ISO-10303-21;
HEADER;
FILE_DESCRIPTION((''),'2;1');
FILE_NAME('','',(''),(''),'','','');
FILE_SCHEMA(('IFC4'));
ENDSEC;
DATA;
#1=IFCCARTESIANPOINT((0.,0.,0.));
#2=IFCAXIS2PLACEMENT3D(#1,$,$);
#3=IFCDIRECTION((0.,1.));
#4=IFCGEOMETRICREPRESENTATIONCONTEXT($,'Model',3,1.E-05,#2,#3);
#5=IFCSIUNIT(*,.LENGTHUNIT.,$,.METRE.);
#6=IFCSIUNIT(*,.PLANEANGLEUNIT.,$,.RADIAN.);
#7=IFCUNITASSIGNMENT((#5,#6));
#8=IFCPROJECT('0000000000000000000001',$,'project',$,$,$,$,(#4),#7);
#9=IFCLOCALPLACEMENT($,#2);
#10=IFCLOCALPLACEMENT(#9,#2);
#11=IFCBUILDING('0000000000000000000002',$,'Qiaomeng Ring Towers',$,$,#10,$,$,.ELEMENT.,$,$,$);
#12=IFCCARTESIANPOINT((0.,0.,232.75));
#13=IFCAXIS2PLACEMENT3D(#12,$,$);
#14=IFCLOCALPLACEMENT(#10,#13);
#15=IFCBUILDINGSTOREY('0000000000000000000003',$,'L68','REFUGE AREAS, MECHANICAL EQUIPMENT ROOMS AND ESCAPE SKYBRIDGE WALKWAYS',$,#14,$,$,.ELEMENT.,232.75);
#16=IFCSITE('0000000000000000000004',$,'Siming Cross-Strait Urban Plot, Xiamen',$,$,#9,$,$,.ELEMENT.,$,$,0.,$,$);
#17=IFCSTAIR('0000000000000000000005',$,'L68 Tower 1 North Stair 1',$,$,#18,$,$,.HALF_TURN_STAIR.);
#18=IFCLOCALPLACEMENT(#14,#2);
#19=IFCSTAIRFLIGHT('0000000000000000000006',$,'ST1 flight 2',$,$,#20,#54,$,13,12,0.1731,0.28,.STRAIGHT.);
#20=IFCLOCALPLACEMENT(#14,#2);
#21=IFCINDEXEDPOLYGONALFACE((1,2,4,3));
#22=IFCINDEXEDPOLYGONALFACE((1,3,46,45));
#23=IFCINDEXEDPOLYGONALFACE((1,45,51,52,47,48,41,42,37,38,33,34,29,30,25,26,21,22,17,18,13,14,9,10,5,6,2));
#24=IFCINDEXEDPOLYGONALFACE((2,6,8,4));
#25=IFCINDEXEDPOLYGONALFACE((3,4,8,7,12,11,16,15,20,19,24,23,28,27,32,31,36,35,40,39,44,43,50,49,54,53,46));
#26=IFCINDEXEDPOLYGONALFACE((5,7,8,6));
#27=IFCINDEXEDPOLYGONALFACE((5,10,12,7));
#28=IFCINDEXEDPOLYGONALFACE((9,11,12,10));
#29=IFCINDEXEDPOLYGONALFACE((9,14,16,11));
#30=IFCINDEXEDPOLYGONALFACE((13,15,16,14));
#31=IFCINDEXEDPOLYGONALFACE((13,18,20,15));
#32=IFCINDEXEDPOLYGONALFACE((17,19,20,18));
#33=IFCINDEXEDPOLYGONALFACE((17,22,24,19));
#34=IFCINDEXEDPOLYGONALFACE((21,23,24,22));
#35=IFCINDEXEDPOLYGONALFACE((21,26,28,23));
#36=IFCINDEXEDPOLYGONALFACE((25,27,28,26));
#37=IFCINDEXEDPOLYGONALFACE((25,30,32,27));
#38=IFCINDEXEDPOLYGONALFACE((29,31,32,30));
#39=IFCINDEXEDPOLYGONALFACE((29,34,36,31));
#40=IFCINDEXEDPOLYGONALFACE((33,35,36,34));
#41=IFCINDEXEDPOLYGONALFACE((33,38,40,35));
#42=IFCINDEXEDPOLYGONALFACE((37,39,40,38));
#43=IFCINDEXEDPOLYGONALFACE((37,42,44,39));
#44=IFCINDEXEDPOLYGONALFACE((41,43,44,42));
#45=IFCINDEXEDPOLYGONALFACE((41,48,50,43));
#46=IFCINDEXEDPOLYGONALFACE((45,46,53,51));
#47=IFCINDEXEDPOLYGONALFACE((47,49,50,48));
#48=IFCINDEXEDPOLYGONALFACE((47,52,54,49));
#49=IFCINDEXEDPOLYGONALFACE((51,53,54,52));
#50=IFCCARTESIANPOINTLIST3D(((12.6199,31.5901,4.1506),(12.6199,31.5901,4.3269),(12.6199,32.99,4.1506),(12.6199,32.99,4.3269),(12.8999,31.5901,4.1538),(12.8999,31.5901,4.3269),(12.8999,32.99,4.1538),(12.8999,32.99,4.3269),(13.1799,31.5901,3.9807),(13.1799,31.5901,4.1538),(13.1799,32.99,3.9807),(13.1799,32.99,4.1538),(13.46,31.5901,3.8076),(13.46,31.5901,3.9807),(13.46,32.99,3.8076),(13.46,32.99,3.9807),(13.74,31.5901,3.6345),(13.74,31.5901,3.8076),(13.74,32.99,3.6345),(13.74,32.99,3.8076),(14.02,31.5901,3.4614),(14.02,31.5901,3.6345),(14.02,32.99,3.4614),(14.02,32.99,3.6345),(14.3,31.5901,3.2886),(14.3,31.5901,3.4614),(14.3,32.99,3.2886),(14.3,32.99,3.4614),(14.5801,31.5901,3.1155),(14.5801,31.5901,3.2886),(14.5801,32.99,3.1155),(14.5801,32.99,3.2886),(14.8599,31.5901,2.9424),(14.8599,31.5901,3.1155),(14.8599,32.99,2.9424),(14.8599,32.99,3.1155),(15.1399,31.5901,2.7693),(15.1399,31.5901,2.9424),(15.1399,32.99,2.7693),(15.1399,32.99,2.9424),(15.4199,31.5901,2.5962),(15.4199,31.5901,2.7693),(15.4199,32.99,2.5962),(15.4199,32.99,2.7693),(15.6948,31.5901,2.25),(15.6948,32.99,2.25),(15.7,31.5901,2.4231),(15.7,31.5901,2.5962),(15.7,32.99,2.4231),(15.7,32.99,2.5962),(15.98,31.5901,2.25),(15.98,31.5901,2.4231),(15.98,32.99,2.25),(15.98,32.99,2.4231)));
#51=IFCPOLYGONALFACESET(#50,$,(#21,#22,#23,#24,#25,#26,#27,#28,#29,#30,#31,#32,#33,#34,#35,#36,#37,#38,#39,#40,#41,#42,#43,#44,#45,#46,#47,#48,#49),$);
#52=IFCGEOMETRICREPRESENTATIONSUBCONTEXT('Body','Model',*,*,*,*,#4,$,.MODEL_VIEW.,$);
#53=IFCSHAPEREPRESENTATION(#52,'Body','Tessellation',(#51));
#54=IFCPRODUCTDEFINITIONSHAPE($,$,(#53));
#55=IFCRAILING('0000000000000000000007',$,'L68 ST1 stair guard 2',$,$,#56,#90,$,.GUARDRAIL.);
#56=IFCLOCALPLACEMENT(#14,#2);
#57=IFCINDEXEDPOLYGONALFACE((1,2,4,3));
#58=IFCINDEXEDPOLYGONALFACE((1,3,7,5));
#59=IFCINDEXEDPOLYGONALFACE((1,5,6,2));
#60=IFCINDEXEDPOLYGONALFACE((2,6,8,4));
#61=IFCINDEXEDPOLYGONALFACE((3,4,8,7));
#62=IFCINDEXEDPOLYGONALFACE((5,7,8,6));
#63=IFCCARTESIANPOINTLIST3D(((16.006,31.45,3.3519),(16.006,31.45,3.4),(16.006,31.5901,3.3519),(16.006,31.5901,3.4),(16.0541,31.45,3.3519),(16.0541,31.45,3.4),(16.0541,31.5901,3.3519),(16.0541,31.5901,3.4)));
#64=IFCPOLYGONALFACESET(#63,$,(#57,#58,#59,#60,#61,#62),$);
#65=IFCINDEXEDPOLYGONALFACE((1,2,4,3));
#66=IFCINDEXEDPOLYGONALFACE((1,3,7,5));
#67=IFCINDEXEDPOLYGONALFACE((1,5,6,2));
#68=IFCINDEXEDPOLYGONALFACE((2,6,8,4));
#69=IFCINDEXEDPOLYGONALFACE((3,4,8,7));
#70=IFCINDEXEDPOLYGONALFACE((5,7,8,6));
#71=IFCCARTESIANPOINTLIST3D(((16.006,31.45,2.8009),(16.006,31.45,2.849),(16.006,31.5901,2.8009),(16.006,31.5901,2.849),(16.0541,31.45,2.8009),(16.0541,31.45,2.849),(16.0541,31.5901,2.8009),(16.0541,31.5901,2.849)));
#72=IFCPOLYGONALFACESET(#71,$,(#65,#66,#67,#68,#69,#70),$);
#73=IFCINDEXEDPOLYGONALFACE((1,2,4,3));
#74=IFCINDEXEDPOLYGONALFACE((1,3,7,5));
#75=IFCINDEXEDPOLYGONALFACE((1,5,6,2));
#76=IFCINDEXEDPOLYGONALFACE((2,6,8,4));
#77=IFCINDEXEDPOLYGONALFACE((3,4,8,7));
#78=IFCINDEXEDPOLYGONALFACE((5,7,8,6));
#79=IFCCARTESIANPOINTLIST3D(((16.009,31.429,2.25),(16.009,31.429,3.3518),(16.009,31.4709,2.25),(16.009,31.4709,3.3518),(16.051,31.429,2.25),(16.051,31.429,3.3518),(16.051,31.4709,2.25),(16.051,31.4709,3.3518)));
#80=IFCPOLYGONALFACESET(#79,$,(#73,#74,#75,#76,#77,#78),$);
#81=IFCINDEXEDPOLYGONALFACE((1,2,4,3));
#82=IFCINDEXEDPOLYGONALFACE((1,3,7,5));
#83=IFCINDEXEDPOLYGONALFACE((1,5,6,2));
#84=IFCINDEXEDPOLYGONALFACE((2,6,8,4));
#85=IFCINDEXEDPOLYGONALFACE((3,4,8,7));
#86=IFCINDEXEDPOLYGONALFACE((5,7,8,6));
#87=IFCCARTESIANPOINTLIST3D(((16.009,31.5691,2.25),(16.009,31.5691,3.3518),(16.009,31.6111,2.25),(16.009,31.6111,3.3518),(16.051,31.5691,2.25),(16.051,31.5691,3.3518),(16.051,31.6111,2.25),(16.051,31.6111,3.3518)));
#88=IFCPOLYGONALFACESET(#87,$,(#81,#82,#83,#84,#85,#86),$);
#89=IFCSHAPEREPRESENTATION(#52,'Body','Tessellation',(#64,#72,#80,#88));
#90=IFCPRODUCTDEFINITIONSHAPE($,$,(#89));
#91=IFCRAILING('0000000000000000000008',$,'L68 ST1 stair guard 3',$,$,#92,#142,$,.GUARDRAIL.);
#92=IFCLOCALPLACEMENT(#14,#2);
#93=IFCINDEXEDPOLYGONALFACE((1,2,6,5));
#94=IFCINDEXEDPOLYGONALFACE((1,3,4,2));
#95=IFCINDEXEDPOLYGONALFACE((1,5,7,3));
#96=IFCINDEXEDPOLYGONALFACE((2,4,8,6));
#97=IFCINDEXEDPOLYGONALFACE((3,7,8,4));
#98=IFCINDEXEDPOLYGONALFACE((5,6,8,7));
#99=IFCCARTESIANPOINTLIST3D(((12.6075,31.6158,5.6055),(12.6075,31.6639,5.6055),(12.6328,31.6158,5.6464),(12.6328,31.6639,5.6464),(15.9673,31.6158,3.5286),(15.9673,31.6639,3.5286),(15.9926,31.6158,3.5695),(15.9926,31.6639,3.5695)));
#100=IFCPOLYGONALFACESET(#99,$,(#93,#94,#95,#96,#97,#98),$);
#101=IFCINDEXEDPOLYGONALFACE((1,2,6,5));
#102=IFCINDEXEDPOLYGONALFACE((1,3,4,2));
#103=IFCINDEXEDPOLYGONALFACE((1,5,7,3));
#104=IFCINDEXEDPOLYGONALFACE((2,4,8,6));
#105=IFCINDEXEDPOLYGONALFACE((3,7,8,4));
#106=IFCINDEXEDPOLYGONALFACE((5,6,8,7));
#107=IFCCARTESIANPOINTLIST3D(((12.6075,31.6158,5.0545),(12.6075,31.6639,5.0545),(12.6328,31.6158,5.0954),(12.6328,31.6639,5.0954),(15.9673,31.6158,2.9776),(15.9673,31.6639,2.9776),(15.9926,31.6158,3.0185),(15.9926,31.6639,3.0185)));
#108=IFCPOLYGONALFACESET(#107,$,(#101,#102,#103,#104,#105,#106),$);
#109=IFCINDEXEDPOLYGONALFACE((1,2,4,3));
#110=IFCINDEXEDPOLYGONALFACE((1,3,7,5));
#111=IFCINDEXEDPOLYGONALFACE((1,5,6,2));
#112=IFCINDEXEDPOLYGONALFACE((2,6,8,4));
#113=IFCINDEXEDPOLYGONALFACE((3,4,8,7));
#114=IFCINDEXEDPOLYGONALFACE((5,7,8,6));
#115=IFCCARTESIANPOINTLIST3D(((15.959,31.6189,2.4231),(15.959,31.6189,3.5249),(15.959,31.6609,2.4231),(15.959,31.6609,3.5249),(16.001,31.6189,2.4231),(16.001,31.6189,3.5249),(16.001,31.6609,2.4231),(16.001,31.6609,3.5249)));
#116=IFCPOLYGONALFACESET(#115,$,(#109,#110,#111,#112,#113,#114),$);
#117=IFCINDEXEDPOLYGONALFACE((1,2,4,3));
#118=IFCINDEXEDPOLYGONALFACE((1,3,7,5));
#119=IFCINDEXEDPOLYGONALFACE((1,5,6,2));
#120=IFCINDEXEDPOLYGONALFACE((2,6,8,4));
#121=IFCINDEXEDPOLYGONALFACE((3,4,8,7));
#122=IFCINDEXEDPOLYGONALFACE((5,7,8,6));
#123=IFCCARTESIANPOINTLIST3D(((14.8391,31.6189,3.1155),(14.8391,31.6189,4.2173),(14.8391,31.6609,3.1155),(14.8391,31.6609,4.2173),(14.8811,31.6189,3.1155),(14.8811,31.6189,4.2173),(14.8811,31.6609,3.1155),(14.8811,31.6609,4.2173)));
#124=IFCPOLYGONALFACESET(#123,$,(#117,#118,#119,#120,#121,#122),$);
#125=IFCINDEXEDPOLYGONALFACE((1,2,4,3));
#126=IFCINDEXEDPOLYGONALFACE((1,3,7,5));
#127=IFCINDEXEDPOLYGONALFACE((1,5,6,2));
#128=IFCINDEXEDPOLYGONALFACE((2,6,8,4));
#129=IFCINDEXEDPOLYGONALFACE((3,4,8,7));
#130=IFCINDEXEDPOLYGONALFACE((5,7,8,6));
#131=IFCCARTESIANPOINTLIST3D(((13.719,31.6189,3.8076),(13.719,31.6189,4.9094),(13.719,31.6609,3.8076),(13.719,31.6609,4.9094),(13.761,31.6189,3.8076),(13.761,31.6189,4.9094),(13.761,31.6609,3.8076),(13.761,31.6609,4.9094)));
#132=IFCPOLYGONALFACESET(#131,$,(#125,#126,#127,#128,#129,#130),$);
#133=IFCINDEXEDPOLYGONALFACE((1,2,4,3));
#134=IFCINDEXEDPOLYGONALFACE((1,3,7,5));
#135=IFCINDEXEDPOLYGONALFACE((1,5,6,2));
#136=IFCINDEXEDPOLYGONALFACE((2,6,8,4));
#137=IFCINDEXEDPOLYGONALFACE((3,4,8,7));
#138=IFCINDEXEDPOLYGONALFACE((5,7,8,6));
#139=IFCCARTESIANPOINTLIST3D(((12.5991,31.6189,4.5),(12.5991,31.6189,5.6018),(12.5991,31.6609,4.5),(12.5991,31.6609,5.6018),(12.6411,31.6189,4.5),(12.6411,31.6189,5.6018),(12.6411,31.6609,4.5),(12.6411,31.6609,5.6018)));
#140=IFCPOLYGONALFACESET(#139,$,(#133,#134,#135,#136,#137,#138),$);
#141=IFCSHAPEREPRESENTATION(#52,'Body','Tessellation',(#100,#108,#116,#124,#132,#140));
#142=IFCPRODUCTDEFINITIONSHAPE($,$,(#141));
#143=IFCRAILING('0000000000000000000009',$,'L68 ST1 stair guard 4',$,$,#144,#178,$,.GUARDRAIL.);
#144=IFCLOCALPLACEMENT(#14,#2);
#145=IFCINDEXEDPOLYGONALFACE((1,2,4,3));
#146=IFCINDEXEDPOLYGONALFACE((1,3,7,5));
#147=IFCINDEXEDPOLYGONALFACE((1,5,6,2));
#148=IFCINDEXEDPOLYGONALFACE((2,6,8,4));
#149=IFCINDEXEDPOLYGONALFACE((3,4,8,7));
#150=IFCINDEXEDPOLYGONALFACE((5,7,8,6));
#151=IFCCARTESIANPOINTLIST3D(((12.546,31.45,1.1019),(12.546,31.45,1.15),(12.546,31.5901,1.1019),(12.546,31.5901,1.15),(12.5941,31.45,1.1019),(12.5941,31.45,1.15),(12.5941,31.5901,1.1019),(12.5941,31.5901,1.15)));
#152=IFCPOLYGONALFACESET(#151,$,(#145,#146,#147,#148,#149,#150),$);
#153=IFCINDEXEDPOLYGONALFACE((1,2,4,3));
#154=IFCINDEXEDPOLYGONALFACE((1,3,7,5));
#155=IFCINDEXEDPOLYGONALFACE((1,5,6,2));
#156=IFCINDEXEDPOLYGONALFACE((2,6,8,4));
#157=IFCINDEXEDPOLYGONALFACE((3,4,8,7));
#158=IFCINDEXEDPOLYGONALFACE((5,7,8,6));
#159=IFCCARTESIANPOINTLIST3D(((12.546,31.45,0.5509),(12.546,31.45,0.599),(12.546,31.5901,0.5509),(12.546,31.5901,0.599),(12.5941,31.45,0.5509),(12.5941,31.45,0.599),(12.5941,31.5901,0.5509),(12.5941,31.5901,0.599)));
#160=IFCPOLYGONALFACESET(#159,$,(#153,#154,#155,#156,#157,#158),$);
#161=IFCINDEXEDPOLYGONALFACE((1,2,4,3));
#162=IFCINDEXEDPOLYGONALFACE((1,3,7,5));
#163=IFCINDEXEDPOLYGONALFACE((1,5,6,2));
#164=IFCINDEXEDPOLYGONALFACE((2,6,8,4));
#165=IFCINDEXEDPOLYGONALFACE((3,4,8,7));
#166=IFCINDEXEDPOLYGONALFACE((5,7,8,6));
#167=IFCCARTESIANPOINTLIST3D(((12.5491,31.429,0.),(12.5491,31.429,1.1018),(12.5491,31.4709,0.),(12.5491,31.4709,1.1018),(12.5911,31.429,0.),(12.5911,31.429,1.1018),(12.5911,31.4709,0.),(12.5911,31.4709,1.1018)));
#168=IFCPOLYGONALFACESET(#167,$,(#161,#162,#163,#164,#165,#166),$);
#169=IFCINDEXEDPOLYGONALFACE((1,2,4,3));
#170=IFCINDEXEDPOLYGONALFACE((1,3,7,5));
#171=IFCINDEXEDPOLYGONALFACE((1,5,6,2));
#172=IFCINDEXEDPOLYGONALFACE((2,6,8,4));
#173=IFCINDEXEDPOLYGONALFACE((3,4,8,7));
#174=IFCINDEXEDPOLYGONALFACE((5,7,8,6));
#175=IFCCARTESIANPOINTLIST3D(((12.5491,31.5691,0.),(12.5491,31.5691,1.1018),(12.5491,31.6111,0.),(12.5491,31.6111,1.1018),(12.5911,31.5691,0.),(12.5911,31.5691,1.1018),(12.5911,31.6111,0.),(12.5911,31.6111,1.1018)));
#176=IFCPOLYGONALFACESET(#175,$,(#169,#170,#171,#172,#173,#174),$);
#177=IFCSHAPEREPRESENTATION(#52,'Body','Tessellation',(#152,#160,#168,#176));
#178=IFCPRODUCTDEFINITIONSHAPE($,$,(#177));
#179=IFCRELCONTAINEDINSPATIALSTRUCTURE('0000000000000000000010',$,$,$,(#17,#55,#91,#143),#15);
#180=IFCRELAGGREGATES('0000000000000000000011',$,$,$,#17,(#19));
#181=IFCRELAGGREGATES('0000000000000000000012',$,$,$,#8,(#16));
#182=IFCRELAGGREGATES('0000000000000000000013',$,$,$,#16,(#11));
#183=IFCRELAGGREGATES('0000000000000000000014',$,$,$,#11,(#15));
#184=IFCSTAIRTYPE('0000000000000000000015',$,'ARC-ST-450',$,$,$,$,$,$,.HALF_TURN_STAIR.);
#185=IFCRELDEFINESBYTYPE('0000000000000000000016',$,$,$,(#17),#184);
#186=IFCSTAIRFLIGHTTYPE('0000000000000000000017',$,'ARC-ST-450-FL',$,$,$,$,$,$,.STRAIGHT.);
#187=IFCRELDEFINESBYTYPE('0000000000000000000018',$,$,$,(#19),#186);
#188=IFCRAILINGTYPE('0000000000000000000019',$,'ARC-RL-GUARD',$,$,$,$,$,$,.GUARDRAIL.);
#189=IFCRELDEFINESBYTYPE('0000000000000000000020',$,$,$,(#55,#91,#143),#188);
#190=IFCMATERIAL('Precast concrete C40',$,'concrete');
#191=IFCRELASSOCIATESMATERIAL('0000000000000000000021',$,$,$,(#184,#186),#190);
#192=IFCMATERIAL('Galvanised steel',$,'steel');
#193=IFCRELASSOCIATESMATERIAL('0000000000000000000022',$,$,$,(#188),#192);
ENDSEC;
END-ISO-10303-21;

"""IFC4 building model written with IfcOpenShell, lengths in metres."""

from ifc_helpers import new_model, si_unit, direction, frame, origin, origin_2d, place, context, subcontext, project, spatial, polyline, rectangle, outline, extrude, source, transform, mapped, material, type_object, element, aggregate, save


model = new_model("IFC4")

# Units and contexts
model_context = context("Model", 3, precision=1e-05, world=origin(), true_north=direction((0.0, 1.0)))
body_context = subcontext(model_context, "Body", "Model", "MODEL_VIEW")
ifc_project = project(units=[si_unit("LENGTHUNIT", "METRE"), si_unit("PLANEANGLEUNIT", "RADIAN")], contexts=[model_context])

# Site, building, storey
site_placement = place(None, origin())
site = spatial("IfcSite", under=ifc_project, at=site_placement, Name="Siming Cross-Strait Urban Plot, Xiamen", CompositionType="ELEMENT", RefElevation=0.0)
building_placement = place(site_placement, origin())
building = spatial("IfcBuilding", under=site, at=building_placement, Name="Qiaomeng Ring Towers", CompositionType="ELEMENT")
storey_placement = place(building_placement, frame((0.0, 0.0, 232.75)))
storey = spatial("IfcBuildingStorey", under=building, at=storey_placement, Name="L68", Description="REFUGE AREAS, MECHANICAL EQUIPMENT ROOMS AND ESCAPE SKYBRIDGE WALKWAYS", CompositionType="ELEMENT", Elevation=232.75)

# Shared definitions
ifc_material_1 = material(Name="Galvanised steel", Category="steel")

# Stair, stair flight
ifc_material_2 = material(Name="Precast concrete C40", Category="concrete")
stair_type = type_object("IfcStairType", Name="ARC-ST-450", PredefinedType="HALF_TURN_STAIR", material=ifc_material_2)
stair_placement = place(storey_placement, origin())
stair = element("IfcStair", 1, at=stair_placement, inside=storey, type_object=stair_type, Name="L68 Tower 1 North Stair 1", PredefinedType="HALF_TURN_STAIR")
stair_flight_type = type_object("IfcStairFlightType", Name="ARC-ST-450-FL", PredefinedType="STRAIGHT", material=ifc_material_2)
shared_shape_1 = source(origin(), body_context, "Body", "SweptSolid", [
    extrude(outline(polyline([(0.0, 0.0), (0.0, 0.1731), (0.28, 0.1731), (0.28, 0.3462), (0.5601, 0.3462), (0.5601, 0.5193), (0.8401, 0.5193), (0.8401, 0.6924), (1.1201, 0.6924), (1.1201, 0.8655), (1.3999, 0.8655), (1.3999, 1.0386), (1.6799, 1.0386), (1.6799, 1.2114), (1.96, 1.2114), (1.96, 1.3845), (2.24, 1.3845), (2.24, 1.5576), (2.52, 1.5576), (2.52, 1.7307), (2.8, 1.7307), (2.8, 1.9038), (3.0801, 1.9038), (3.0801, 2.0769), (3.3601, 2.0769), (3.3601, 2.25), (3.3601, 1.9006), (0.2852, 0.0), (0.0, 0.0)])), frame((0.0, 0.7, 0.0), z_axis=(0.0, -1.0, 0.0), x_axis=(1.0, 0.0, 0.0)), (0.0, 0.0, 1.0), 1.3999),
])
stair_flight_placement = place(storey_placement, frame((15.98, 32.29, 2.25), z_axis=(0.0, 0.0, 1.0), x_axis=(-1.0, 0.0, 0.0)))
stair_flight = element("IfcStairFlight", 2, at=stair_flight_placement, type_object=stair_flight_type, Name="ST1 flight 2", NumberOfRisers=13, NumberOfTreads=12, PredefinedType="STRAIGHT", RiserHeight=0.1731, TreadLength=0.28, context=body_context, shape_type="MappedRepresentation", body=[
    mapped(shared_shape_1, transform((0.0, 0.0, 0.0), x_axis=(1.0, 0.0, 0.0), y_axis=(0.0, 1.0, 0.0), z_axis=(0.0, 0.0, 1.0), scale=1.0)),
])
aggregate(stair, [stair_flight])

# Railings
railing_type_1 = type_object("IfcRailingType", Name="ARC-RL-GUARD", PredefinedType="GUARDRAIL", material=ifc_material_1)
railing_1_placement = place(storey_placement, frame((16.03, 31.45, 2.25)))
element("IfcRailing", 3, at=railing_1_placement, inside=storey, type_object=railing_type_1, Name="L68 ST1 stair guard 2", PredefinedType="GUARDRAIL", context=body_context, shape_type="SweptSolid", body=[
    extrude(rectangle(XDim=0.0481, YDim=0.0481, at=origin_2d()), frame((0.0, 0.0, 1.126), z_axis=(0.0, 1.0, 0.0), x_axis=(-1.0, 0.0, 0.0)), (0.0, 0.0, 1.0), 0.1401),
    extrude(rectangle(XDim=0.0481, YDim=0.0481, at=origin_2d()), frame((0.0, 0.0, 0.575), z_axis=(0.0, 1.0, 0.0), x_axis=(-1.0, 0.0, 0.0)), (0.0, 0.0, 1.0), 0.1401),
    extrude(rectangle(XDim=0.042, YDim=0.042, at=origin_2d()), origin(), (0.0, 0.0, 1.0), 1.1018),
    extrude(rectangle(XDim=0.042, YDim=0.042, at=origin_2d()), frame((0.0, 0.1401, 0.0)), (0.0, 0.0, 1.0), 1.1018),
])
railing_2_placement = place(storey_placement, frame((15.98, 31.6399, 2.4231)))
element("IfcRailing", 4, at=railing_2_placement, inside=storey, type_object=railing_type_1, Name="L68 ST1 stair guard 3", PredefinedType="GUARDRAIL", context=body_context, shape_type="SweptSolid", body=[
    extrude(rectangle(XDim=0.0481, YDim=0.0481, at=origin_2d()), frame((0.0, 0.0, 1.126), z_axis=(-0.850606, 0.0, 0.525803), x_axis=(0.0, -1.0, 0.0)), (0.0, 0.0, 1.0), 3.95),
    extrude(rectangle(XDim=0.0481, YDim=0.0481, at=origin_2d()), frame((0.0, 0.0, 0.575), z_axis=(-0.850606, 0.0, 0.525803), x_axis=(0.0, -1.0, 0.0)), (0.0, 0.0, 1.0), 3.95),
    extrude(rectangle(XDim=0.042, YDim=0.042, at=origin_2d()), origin(), (0.0, 0.0, 1.0), 1.1018),
    extrude(rectangle(XDim=0.042, YDim=0.042, at=origin_2d()), frame((-1.1199, 0.0, 0.6924)), (0.0, 0.0, 1.0), 1.1018),
    extrude(rectangle(XDim=0.042, YDim=0.042, at=origin_2d()), frame((-2.24, 0.0, 1.3845)), (0.0, 0.0, 1.0), 1.1018),
    extrude(rectangle(XDim=0.042, YDim=0.042, at=origin_2d()), frame((-3.3599, 0.0, 2.0769)), (0.0, 0.0, 1.0), 1.1018),
])
railing_3_placement = place(storey_placement, frame((12.5701, 31.45, 0.0)))
element("IfcRailing", 5, at=railing_3_placement, inside=storey, type_object=railing_type_1, Name="L68 ST1 stair guard 4", PredefinedType="GUARDRAIL", context=body_context, shape_type="SweptSolid", body=[
    extrude(rectangle(XDim=0.0481, YDim=0.0481, at=origin_2d()), frame((0.0, 0.0, 1.126), z_axis=(0.0, 1.0, 0.0), x_axis=(-1.0, 0.0, 0.0)), (0.0, 0.0, 1.0), 0.1401),
    extrude(rectangle(XDim=0.0481, YDim=0.0481, at=origin_2d()), frame((0.0, 0.0, 0.575), z_axis=(0.0, 1.0, 0.0), x_axis=(-1.0, 0.0, 0.0)), (0.0, 0.0, 1.0), 0.1401),
    extrude(rectangle(XDim=0.042, YDim=0.042, at=origin_2d()), origin(), (0.0, 0.0, 1.0), 1.1018),
    extrude(rectangle(XDim=0.042, YDim=0.042, at=origin_2d()), frame((0.0, 0.1401, 0.0)), (0.0, 0.0, 1.0), 1.1018),
])

save(model, "model.ifc")
